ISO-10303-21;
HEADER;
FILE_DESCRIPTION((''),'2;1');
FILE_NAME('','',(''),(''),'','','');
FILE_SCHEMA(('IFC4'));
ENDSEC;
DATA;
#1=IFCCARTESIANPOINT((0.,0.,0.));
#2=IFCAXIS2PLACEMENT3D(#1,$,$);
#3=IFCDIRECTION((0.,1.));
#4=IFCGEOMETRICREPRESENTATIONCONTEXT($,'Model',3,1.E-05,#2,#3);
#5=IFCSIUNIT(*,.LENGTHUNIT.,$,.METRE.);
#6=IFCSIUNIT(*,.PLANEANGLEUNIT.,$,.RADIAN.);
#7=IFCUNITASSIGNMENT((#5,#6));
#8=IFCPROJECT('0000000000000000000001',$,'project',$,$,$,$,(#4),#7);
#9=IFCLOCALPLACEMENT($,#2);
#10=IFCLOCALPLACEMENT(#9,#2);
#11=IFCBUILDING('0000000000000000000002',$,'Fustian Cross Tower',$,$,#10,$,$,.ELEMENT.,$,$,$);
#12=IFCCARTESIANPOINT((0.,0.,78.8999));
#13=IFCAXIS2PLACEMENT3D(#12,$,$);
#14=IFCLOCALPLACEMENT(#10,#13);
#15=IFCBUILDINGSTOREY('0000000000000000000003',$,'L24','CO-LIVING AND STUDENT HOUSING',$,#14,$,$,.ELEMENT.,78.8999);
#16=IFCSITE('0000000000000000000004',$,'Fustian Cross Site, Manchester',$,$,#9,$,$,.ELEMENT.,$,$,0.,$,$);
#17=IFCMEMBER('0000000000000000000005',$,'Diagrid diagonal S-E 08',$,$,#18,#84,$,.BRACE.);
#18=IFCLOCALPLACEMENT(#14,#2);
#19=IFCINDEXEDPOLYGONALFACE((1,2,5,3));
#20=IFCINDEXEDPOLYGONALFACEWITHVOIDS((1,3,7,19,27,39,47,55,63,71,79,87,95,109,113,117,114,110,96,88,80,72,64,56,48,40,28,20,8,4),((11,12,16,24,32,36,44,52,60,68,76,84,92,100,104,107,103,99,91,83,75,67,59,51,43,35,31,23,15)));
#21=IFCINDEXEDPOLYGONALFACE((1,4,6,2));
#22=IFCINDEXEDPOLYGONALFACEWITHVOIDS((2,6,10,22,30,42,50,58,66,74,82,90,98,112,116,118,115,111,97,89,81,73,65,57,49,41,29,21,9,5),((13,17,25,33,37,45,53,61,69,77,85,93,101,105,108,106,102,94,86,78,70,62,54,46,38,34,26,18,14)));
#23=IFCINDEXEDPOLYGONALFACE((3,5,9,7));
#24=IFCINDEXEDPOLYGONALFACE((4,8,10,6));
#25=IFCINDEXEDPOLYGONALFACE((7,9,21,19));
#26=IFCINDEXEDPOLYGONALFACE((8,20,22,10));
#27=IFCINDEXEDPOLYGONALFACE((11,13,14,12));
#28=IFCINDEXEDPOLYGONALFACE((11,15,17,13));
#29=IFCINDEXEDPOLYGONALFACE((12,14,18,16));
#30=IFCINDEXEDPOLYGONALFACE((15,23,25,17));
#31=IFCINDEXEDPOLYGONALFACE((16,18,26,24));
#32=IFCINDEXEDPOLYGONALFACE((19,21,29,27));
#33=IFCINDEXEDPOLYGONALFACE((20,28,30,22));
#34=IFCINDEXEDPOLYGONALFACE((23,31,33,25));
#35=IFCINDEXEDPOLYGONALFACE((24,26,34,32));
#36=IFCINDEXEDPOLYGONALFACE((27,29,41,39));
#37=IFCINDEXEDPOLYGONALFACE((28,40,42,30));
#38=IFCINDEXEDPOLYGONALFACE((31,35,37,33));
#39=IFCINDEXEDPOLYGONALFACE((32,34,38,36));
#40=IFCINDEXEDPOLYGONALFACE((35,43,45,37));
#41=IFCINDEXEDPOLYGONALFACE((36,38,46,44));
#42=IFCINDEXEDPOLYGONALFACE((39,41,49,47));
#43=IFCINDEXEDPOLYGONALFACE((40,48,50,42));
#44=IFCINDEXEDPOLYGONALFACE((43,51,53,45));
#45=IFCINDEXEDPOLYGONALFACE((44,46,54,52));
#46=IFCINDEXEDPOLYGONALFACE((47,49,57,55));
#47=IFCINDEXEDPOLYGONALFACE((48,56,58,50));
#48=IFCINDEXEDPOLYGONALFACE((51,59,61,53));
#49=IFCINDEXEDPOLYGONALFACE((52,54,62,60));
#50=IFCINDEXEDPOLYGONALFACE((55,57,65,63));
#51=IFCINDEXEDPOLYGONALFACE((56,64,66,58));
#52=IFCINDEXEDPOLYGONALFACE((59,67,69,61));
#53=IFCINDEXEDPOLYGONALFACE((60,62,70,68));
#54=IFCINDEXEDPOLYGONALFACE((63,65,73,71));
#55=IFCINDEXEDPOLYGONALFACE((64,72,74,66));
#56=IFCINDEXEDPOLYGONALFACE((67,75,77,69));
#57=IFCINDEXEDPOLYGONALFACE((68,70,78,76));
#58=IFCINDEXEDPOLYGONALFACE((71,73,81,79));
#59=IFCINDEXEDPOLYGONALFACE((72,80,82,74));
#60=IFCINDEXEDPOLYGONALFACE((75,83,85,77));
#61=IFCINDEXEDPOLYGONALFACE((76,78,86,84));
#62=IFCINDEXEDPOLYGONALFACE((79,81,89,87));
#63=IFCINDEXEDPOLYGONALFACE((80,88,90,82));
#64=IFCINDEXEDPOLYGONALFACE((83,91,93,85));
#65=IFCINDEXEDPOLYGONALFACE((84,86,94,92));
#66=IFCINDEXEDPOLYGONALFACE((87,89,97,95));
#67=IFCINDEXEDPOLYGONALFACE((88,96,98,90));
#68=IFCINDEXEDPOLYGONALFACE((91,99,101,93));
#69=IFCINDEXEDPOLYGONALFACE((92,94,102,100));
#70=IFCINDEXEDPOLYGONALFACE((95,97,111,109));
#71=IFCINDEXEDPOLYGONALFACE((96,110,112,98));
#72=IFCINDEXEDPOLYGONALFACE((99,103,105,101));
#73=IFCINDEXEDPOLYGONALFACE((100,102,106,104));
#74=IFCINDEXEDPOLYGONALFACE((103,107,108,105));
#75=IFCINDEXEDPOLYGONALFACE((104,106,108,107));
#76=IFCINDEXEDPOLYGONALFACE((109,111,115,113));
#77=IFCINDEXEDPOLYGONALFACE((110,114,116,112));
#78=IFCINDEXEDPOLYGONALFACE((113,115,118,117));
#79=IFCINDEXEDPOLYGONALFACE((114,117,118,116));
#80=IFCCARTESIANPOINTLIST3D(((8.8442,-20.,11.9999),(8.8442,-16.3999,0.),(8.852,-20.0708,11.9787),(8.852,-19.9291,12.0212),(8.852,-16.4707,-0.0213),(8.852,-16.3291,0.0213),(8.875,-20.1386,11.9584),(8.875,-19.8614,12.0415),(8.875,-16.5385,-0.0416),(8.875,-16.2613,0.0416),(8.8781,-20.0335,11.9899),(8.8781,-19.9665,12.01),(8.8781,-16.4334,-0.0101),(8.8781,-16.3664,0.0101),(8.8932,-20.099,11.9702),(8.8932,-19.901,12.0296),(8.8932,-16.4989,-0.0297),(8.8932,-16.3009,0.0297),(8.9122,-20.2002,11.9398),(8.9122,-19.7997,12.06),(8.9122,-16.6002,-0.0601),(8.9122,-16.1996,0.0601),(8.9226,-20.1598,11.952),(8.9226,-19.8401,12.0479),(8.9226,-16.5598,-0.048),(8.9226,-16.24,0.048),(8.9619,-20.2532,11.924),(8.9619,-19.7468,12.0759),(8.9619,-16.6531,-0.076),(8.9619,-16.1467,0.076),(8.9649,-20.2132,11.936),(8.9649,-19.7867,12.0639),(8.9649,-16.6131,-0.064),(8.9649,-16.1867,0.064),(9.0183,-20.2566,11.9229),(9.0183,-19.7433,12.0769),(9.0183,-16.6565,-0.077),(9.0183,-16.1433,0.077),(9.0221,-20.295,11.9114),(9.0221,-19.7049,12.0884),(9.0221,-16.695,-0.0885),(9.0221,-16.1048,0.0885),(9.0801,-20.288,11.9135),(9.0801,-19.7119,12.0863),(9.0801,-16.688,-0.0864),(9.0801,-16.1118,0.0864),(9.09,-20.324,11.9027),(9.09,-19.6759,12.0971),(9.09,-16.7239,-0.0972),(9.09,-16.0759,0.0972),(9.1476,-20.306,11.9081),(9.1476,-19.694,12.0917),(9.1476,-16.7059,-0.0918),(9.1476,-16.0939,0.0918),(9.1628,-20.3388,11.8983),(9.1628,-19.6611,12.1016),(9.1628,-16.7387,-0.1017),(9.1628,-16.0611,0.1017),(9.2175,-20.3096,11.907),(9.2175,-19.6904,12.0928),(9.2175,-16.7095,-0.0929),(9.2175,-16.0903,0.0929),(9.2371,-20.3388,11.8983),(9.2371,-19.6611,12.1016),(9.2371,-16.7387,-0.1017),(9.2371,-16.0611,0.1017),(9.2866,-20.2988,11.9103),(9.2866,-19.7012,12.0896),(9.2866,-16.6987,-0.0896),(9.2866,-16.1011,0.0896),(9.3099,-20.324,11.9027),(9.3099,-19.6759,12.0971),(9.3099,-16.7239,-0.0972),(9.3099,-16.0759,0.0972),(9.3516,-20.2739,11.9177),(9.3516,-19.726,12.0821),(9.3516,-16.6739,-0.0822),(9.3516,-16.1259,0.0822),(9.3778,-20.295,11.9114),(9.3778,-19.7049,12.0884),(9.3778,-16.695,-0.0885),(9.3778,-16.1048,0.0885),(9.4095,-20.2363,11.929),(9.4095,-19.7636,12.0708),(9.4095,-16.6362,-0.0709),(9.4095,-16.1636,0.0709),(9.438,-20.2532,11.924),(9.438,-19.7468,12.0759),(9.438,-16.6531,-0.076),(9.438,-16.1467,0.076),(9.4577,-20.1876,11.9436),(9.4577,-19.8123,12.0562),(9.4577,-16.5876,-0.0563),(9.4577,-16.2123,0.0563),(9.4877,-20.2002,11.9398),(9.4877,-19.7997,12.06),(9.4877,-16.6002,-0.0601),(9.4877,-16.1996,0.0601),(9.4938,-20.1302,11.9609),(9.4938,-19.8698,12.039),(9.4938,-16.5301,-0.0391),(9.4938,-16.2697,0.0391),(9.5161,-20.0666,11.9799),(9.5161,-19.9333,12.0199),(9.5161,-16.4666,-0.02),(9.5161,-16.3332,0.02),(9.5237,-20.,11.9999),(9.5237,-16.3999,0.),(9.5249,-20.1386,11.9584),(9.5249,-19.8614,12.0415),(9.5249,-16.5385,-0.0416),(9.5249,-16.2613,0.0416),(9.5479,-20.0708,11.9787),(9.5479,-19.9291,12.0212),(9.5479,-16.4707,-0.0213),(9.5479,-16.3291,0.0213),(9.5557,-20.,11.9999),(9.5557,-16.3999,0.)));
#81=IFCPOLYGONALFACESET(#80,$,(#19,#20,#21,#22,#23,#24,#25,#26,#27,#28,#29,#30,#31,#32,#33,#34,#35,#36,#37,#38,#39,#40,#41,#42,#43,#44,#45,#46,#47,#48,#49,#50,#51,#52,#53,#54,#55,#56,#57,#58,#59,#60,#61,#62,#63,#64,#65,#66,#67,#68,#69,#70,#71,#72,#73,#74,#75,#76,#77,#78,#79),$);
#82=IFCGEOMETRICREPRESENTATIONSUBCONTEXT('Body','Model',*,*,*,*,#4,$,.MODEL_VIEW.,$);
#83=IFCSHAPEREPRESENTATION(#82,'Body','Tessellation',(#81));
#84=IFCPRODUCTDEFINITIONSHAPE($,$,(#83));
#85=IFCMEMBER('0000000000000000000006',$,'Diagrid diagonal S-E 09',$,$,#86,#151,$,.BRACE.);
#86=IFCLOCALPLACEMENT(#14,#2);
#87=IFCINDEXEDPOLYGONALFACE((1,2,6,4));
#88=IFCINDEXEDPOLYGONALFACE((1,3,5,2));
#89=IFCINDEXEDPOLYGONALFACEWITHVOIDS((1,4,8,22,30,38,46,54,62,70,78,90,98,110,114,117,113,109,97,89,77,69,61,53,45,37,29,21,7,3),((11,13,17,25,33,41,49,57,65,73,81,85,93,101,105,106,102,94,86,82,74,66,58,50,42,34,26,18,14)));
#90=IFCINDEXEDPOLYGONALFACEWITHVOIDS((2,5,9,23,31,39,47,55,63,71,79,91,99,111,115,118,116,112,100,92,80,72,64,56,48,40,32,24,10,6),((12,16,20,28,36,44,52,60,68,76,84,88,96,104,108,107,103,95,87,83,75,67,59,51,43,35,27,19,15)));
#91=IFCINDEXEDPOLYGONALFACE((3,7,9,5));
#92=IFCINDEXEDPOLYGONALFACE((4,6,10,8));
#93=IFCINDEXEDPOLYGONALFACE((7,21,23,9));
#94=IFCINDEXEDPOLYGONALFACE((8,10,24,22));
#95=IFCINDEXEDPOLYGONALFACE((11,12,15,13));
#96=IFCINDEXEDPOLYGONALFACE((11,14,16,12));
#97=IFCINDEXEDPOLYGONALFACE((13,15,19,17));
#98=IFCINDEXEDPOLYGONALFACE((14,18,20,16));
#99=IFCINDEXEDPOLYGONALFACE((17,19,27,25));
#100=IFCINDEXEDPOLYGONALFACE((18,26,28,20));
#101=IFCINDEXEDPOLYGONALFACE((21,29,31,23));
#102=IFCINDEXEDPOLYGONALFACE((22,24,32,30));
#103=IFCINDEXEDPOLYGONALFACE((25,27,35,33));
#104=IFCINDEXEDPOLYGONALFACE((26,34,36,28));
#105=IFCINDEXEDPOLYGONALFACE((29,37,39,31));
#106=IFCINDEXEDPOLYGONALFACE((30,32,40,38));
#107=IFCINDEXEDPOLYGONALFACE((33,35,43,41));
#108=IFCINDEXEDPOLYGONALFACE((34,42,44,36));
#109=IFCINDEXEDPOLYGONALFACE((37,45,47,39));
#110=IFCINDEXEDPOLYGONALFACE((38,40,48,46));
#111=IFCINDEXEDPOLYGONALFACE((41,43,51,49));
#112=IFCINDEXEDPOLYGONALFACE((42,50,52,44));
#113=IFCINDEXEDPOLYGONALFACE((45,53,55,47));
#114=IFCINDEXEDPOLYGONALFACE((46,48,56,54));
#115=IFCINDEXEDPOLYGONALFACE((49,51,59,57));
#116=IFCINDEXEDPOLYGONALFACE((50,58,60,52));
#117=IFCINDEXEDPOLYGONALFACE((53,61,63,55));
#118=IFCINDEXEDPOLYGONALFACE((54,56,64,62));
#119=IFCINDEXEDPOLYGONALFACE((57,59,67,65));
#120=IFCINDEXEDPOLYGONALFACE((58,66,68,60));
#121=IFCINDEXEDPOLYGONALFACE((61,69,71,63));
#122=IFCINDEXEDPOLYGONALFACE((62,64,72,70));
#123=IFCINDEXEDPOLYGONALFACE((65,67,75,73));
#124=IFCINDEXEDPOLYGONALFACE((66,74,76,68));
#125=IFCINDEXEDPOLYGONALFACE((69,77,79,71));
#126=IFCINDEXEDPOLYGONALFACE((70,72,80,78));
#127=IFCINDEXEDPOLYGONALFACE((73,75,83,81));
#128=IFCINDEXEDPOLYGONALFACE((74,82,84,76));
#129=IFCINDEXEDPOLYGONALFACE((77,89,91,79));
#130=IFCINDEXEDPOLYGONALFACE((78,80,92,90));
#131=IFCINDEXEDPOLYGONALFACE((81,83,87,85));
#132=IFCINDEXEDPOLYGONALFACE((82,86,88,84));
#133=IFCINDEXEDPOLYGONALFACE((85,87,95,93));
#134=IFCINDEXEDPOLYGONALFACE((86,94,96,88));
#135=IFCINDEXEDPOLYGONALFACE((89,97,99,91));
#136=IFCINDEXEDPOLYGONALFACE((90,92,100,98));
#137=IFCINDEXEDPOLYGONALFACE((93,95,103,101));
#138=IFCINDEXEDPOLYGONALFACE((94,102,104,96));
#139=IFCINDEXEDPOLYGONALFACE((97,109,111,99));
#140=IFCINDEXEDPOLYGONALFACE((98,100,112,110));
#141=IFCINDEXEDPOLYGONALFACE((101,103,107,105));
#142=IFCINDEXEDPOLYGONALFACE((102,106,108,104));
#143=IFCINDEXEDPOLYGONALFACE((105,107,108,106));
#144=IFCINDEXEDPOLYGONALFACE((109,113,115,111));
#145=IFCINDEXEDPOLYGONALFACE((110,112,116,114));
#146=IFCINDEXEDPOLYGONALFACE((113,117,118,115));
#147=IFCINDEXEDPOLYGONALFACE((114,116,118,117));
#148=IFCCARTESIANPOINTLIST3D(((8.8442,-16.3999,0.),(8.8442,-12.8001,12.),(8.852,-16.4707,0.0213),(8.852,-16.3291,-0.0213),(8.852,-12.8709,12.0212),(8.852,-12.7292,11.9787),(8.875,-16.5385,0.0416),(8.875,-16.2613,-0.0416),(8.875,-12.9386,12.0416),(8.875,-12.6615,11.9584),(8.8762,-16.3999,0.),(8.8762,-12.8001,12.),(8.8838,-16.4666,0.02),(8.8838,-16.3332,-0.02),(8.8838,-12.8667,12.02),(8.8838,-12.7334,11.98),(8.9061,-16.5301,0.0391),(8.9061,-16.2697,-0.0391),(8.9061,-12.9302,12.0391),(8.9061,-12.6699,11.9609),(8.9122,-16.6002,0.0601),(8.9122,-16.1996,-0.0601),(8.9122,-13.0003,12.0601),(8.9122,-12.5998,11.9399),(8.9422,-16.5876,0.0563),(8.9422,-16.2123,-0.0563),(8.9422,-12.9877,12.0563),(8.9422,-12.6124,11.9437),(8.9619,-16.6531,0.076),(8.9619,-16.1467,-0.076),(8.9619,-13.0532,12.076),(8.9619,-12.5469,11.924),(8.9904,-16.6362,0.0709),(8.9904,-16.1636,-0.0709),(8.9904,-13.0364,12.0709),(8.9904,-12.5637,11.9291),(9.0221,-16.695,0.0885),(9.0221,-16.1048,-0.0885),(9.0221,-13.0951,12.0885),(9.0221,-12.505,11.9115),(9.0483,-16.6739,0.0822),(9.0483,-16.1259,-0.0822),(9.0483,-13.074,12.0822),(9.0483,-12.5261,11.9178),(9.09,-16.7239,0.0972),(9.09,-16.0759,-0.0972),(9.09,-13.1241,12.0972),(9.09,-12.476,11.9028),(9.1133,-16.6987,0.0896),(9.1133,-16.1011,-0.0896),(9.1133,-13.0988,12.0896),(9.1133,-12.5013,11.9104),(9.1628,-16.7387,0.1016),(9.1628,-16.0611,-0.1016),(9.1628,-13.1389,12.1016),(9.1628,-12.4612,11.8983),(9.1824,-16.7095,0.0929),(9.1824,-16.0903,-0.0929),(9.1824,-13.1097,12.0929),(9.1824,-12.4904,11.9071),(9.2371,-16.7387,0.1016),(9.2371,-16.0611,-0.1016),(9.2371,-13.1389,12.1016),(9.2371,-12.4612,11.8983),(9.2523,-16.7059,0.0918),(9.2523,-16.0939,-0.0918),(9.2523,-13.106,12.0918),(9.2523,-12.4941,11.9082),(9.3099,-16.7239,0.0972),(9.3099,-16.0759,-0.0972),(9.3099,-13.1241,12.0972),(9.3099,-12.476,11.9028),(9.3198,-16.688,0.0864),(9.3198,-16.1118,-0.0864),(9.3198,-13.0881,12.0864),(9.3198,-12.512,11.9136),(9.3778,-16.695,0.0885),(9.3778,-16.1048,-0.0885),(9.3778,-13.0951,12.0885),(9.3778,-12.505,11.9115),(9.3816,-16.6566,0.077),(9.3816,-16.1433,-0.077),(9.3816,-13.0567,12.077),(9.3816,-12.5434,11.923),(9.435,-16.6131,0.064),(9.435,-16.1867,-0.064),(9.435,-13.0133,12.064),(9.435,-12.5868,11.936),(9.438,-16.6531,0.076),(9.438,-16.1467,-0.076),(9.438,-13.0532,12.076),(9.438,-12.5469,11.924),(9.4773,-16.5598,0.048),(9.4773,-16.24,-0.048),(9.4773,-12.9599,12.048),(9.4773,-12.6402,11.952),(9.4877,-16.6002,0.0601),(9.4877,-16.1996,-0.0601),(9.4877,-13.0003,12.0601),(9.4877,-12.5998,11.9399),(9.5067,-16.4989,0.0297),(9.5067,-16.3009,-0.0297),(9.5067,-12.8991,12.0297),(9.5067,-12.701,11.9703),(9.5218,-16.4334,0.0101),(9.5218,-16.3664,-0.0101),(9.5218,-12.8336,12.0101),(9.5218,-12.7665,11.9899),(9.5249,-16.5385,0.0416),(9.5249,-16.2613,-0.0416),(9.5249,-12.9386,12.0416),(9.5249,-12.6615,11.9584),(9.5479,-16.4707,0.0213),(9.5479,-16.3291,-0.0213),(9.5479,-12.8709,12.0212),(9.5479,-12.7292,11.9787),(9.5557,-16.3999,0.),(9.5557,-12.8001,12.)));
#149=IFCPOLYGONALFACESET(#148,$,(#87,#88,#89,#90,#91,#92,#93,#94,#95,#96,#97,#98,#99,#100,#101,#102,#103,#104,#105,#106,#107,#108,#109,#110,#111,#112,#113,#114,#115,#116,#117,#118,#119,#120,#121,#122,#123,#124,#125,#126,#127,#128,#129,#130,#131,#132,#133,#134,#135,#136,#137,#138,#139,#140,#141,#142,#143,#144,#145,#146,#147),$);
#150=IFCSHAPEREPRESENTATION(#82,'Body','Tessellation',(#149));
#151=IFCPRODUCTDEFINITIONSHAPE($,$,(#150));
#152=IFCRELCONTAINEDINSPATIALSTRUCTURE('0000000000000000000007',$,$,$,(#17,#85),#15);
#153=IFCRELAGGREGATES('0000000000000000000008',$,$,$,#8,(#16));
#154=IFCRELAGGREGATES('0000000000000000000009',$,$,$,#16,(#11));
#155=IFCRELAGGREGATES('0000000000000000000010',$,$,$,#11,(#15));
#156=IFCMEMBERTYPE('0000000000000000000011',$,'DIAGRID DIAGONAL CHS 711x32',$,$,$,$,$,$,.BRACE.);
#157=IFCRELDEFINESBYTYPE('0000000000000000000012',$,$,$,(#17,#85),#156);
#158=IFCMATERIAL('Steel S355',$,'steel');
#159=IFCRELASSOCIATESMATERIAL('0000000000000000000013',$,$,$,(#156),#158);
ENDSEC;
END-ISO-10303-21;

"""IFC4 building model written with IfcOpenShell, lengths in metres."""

from ifc_helpers import new_model, si_unit, direction, frame, origin, origin_2d, place, context, subcontext, project, spatial, hollow_circle, extrude, material, material_profile, profile_set, type_object, element, save


model = new_model("IFC4")

# Units and contexts
model_context = context("Model", 3, precision=1e-05, world=origin(), true_north=direction((0.0, 1.0)))
body_context = subcontext(model_context, "Body", "Model", "MODEL_VIEW")
ifc_project = project(units=[si_unit("LENGTHUNIT", "METRE"), si_unit("PLANEANGLEUNIT", "RADIAN")], contexts=[model_context])

# Site, building, storey
site_placement = place(None, origin())
site = spatial("IfcSite", under=ifc_project, at=site_placement, Name="Fustian Cross Site, Manchester", CompositionType="ELEMENT", RefElevation=0.0)
building_placement = place(site_placement, origin())
building = spatial("IfcBuilding", under=site, at=building_placement, Name="Fustian Cross Tower", CompositionType="ELEMENT")
storey_placement = place(building_placement, frame((0.0, 0.0, 78.8999)))
storey = spatial("IfcBuildingStorey", under=building, at=storey_placement, Name="L24", Description="CO-LIVING AND STUDENT HOUSING", CompositionType="ELEMENT", Elevation=78.8999)

# Members
ifc_material_1 = material(Name="Steel S355", Category="steel")
ifc_material_profile_1 = material_profile(ifc_material_1, hollow_circle(Radius=0.3557, WallThickness=0.032, at=origin_2d()), Name="CHS 711x32")
ifc_profile_set_1 = profile_set([ifc_material_profile_1], Name="Steel S355")
member_type_1 = type_object("IfcMemberType", Name="DIAGRID DIAGONAL CHS 711x32", PredefinedType="BRACE", material=ifc_profile_set_1)
for number, where, z_axis, x_axis, name in (
    (1, (9.2, -16.3999, 0.0), (0.0, -0.287355, 0.957824), (1.0, 0.0, 0.0), "Diagrid diagonal S-E 08"),
    (2, (9.2, -16.3999, 0.0), (0.0, 0.287337, 0.95783), (-1.0, 0.0, 0.0), "Diagrid diagonal S-E 09"),
):
    element("IfcMember", number, at=place(storey_placement, frame(where, z_axis=z_axis, x_axis=x_axis)), inside=storey, type_object=member_type_1, Name=name, PredefinedType="BRACE", context=body_context, shape_type="SweptSolid", body=[
        extrude(hollow_circle(Radius=0.3557, WallThickness=0.032, at=origin_2d()), origin(), (0.0, 0.0, 1.0), 12.5283),
    ])

save(model, "model.ifc")
